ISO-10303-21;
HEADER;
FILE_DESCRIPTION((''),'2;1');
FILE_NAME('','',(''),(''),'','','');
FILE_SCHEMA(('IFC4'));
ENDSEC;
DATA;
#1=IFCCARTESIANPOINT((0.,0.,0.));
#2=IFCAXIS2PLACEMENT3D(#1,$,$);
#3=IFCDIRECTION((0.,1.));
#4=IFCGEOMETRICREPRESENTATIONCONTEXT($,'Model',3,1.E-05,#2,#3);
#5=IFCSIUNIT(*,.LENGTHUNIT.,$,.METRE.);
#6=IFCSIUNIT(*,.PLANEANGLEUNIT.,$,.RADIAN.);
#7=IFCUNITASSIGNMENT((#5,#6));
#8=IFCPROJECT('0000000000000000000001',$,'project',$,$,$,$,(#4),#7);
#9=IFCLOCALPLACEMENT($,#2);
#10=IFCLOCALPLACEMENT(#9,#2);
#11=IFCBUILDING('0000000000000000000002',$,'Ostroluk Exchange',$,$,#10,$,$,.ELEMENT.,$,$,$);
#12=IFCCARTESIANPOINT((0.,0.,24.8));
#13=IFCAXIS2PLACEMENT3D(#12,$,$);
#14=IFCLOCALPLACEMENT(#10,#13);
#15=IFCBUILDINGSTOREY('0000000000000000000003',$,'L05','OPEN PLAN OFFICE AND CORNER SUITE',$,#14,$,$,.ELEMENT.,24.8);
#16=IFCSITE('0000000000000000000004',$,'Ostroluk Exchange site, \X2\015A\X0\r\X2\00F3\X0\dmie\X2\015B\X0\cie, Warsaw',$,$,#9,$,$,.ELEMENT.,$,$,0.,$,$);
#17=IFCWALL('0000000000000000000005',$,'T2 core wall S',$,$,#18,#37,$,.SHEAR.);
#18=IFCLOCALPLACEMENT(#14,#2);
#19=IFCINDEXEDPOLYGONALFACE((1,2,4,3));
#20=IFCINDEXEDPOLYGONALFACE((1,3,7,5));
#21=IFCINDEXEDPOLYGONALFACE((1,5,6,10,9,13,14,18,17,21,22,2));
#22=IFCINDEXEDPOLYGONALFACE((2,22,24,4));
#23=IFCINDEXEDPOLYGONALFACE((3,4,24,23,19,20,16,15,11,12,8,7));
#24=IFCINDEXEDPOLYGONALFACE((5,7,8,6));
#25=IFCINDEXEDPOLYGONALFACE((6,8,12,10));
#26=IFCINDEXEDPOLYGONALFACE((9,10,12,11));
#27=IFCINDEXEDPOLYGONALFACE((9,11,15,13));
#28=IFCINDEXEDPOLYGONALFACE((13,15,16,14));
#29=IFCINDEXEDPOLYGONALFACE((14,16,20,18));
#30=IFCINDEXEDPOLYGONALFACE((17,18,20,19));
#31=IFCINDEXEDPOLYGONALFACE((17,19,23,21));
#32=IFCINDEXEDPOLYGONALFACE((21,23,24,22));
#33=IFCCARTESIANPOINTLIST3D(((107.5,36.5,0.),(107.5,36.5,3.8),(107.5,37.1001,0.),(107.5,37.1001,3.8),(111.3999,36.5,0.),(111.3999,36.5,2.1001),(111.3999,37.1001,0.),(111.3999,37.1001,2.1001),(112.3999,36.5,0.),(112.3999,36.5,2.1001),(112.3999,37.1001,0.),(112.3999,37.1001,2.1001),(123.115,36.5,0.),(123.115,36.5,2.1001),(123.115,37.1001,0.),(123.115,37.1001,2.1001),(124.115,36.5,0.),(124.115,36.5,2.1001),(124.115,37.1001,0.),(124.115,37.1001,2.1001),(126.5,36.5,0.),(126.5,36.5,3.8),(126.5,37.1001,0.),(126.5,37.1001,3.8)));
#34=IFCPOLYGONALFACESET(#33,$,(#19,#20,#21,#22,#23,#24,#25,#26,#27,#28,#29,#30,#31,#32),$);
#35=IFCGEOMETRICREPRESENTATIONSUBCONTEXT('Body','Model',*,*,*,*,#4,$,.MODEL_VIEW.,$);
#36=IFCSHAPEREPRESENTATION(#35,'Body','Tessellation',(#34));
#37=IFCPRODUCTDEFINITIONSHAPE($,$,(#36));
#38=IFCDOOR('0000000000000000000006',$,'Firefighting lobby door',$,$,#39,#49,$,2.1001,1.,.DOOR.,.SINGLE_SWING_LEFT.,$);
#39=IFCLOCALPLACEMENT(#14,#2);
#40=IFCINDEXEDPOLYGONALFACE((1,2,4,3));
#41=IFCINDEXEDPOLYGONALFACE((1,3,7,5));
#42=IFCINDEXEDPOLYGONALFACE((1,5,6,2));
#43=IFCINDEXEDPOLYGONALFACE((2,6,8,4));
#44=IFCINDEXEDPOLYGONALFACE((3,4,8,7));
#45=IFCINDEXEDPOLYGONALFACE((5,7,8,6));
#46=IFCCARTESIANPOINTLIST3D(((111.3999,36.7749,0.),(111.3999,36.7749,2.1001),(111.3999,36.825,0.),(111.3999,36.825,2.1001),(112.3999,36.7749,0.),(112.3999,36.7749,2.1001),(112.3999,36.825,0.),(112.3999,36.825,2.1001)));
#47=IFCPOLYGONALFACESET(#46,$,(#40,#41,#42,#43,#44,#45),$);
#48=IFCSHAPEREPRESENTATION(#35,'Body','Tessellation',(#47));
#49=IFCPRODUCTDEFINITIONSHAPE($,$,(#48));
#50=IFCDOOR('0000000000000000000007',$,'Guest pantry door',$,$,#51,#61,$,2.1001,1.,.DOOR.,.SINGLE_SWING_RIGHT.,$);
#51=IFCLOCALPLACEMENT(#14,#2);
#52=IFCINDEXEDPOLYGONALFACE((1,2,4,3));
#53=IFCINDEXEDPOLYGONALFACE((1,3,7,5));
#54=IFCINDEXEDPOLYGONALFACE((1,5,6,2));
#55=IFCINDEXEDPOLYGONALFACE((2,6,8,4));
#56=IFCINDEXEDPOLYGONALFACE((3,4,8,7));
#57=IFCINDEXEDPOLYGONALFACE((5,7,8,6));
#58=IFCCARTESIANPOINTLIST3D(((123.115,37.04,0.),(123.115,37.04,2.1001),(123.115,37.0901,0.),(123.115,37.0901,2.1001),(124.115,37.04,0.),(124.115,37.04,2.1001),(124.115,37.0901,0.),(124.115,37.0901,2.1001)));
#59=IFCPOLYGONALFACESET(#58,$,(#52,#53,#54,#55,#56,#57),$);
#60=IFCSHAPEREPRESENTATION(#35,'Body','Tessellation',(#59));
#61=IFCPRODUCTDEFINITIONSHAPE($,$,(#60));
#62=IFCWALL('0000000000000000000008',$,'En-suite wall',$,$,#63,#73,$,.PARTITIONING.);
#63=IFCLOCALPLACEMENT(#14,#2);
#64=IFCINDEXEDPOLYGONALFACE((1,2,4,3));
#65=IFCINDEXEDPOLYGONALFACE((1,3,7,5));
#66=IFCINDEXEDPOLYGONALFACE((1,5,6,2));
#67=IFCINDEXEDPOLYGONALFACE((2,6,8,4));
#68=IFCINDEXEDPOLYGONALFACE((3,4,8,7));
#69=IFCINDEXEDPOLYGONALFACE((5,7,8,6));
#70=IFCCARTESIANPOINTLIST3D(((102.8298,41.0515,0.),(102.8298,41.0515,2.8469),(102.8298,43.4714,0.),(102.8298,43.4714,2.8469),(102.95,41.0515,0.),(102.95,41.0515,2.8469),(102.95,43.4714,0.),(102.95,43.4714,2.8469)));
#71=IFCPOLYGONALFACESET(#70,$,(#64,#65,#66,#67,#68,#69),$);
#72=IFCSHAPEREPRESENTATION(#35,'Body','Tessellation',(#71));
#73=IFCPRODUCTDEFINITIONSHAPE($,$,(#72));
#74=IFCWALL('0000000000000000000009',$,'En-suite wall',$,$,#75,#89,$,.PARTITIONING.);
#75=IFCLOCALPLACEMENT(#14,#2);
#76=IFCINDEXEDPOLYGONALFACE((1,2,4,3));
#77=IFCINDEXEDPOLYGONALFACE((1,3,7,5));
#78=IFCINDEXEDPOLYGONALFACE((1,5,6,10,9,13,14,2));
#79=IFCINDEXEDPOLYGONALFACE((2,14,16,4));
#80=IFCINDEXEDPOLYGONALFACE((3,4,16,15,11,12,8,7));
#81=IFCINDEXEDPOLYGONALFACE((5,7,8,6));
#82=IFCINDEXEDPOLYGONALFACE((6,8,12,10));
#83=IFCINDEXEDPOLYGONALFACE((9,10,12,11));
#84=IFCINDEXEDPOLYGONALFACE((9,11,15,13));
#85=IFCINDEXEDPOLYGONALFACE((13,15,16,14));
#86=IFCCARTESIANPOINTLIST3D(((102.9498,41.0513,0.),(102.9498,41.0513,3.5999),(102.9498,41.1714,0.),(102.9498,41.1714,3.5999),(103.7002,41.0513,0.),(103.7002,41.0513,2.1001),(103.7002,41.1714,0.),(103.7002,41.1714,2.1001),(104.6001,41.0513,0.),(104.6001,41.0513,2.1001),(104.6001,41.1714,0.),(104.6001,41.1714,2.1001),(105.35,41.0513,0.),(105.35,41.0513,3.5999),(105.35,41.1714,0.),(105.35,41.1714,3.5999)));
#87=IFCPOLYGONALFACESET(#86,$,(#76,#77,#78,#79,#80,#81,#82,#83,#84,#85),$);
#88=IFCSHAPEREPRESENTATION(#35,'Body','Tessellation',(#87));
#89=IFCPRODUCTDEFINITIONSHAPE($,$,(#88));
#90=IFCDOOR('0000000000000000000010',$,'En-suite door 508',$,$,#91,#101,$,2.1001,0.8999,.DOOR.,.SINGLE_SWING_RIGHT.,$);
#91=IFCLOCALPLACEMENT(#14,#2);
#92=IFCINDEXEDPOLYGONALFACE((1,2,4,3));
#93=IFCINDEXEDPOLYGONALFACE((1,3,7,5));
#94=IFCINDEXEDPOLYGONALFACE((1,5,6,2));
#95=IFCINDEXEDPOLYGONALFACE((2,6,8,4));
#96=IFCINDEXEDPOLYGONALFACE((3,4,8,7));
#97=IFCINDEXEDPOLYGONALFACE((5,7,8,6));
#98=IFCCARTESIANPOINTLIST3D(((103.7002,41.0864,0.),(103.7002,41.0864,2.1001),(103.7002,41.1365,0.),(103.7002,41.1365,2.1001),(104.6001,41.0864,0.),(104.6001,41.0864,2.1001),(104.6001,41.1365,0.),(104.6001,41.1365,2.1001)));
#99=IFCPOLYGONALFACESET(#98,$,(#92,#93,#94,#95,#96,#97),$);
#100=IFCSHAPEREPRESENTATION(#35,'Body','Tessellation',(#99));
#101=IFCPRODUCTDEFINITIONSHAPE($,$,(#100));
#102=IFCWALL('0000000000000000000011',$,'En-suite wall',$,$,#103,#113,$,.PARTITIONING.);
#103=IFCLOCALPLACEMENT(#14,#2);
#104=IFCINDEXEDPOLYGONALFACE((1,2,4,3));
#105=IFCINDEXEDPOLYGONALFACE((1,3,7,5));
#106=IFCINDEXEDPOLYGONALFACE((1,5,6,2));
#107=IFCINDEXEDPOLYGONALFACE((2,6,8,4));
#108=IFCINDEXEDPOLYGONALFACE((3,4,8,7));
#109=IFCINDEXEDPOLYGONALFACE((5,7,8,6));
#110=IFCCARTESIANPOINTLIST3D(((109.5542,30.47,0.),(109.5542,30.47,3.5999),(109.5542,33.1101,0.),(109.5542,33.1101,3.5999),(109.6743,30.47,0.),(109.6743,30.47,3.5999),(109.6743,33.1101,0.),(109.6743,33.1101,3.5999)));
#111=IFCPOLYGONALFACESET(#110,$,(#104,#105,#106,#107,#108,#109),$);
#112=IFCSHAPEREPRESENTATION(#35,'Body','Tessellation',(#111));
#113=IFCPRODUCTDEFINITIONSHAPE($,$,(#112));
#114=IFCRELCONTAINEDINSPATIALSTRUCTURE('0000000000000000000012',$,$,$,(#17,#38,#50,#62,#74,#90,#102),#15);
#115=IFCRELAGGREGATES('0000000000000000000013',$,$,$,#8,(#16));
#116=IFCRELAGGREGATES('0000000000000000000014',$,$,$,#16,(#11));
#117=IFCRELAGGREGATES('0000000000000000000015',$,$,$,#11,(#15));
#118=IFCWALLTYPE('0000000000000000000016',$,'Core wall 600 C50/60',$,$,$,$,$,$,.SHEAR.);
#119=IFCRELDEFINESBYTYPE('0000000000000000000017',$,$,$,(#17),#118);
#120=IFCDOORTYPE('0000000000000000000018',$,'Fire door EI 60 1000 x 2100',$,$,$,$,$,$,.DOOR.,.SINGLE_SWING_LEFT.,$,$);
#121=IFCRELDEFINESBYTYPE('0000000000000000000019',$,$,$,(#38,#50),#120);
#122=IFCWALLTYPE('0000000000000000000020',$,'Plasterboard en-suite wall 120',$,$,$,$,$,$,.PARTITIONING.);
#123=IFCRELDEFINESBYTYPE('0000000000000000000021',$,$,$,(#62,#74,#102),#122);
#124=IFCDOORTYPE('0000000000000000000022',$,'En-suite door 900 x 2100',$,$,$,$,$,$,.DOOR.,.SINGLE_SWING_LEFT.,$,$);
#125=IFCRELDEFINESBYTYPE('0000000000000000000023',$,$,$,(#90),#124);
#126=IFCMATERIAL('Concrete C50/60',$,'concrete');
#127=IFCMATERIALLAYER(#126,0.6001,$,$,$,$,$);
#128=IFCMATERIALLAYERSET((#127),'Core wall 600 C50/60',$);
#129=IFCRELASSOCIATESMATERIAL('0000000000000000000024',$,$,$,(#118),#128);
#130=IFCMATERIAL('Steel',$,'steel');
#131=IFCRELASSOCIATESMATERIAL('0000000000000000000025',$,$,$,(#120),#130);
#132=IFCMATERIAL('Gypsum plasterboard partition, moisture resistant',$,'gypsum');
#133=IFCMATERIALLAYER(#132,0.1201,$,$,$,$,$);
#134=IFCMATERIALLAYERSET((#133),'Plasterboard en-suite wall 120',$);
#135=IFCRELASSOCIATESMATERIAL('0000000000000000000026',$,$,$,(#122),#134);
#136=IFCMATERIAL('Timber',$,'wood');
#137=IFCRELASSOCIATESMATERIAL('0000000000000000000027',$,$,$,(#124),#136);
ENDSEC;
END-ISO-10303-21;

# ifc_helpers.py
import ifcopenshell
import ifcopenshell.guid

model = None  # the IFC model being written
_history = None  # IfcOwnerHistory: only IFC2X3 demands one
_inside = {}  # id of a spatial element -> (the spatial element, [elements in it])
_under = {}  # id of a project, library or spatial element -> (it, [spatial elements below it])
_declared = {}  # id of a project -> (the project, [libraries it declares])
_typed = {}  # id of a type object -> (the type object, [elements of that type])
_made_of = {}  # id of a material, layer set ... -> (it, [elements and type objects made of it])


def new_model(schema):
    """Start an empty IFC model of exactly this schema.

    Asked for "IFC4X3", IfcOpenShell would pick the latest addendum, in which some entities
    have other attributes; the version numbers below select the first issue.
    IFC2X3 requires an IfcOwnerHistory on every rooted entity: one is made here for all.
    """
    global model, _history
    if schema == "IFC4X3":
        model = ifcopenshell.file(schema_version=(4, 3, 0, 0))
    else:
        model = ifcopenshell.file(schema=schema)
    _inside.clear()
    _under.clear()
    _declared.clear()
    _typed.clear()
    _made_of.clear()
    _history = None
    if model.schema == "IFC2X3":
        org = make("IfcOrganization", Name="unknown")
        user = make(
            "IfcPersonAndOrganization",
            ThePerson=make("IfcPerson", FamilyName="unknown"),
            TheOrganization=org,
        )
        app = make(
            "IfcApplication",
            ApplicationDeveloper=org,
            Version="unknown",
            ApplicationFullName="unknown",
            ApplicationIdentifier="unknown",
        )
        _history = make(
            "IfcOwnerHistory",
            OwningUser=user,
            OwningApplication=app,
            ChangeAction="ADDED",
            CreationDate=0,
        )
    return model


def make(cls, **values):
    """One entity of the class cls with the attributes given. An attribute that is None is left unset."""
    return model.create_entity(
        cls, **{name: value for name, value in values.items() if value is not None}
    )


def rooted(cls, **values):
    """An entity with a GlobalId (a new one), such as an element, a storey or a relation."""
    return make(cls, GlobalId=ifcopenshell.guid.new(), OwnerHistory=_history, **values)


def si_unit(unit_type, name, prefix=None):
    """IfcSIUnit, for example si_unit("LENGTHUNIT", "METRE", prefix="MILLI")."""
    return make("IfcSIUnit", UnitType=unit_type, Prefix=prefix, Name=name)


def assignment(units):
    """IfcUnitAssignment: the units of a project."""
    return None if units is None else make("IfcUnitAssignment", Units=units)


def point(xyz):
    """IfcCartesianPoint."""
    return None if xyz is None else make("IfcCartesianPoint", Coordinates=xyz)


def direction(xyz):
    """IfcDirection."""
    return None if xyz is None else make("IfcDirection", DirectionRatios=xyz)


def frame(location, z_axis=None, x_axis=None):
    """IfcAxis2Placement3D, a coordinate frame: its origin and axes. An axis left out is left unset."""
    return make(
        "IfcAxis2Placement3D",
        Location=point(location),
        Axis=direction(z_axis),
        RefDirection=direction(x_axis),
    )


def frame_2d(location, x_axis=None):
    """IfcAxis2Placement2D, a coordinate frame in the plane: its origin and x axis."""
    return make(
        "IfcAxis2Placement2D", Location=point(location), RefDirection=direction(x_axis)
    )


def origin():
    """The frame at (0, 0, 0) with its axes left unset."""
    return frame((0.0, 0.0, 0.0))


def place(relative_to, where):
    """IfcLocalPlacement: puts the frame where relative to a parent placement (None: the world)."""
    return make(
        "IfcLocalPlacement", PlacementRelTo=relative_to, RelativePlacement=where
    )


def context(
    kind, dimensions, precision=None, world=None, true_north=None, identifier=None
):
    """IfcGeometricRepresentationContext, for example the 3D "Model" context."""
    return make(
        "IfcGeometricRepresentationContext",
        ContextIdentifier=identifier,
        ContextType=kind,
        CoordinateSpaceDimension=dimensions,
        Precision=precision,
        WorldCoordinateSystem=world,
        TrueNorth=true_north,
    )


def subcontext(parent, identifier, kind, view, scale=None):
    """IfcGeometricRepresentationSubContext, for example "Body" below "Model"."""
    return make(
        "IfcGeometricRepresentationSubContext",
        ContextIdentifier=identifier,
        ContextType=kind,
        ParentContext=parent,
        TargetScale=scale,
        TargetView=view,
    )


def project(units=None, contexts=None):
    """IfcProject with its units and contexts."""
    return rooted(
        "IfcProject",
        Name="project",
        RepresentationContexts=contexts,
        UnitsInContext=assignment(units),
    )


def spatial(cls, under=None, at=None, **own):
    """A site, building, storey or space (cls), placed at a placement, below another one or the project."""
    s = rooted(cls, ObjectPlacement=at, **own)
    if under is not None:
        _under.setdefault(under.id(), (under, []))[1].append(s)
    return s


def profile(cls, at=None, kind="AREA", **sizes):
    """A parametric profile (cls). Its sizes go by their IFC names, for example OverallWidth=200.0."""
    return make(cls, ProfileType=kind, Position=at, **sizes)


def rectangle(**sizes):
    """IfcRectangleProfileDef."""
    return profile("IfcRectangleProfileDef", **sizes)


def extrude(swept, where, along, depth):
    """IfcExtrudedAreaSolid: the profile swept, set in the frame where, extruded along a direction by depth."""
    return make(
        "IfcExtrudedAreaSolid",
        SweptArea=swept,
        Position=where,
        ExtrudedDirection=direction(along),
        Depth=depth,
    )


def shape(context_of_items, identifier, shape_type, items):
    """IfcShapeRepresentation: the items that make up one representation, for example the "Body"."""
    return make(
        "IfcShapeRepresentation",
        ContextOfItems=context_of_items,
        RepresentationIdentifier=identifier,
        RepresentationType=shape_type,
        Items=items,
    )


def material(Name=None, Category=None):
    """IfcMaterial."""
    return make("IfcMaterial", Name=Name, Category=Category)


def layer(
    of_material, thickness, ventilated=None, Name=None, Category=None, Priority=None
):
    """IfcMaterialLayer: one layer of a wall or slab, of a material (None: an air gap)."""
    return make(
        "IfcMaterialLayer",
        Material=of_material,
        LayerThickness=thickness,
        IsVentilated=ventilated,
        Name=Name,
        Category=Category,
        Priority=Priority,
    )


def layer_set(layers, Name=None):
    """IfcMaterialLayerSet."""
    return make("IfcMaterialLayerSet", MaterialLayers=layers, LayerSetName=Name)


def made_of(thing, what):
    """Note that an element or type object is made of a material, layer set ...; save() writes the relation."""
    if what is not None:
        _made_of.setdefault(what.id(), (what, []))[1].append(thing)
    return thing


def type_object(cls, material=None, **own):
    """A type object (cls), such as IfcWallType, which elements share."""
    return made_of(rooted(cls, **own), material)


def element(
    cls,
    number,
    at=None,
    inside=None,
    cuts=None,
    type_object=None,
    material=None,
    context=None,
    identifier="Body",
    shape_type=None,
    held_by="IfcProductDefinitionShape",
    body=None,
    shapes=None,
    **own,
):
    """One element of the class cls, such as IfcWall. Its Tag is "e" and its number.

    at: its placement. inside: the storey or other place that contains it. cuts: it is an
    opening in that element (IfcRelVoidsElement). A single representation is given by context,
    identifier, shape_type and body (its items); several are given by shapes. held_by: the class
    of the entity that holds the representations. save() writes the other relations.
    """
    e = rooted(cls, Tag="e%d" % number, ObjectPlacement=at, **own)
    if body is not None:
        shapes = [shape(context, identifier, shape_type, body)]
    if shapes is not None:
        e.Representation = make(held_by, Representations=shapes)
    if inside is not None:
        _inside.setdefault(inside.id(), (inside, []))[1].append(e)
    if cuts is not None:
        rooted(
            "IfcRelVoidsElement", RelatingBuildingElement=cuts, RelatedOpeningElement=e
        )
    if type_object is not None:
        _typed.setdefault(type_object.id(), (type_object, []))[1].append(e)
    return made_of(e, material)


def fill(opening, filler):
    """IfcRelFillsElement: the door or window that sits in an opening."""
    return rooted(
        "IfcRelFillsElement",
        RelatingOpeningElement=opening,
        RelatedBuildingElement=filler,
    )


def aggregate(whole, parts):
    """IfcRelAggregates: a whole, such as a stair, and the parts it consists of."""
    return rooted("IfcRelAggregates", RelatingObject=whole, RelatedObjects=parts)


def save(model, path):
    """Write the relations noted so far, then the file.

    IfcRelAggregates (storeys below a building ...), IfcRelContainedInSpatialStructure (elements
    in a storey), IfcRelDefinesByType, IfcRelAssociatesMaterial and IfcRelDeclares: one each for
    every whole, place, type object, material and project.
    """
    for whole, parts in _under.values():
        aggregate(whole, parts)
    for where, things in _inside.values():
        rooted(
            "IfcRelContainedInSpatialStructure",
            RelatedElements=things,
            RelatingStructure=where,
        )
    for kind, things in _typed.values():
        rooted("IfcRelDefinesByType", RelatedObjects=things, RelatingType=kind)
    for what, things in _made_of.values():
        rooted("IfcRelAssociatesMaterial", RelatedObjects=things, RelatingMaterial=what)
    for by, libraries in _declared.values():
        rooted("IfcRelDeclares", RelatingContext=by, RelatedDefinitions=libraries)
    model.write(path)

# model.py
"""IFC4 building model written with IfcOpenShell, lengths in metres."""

from ifc_helpers import new_model, si_unit, direction, frame, frame_2d, origin, place, context, subcontext, project, spatial, rectangle, extrude, material, layer, layer_set, type_object, element, fill, save


model = new_model("IFC4")

# Units and contexts
model_context = context("Model", 3, precision=1e-05, world=origin(), true_north=direction((0.0, 1.0)))
body_context = subcontext(model_context, "Body", "Model", "MODEL_VIEW")
ifc_project = project(units=[si_unit("LENGTHUNIT", "METRE"), si_unit("PLANEANGLEUNIT", "RADIAN")], contexts=[model_context])

# Site, building, storey
site_placement = place(None, origin())
site = spatial("IfcSite", under=ifc_project, at=site_placement, Name="Ostroluk Exchange site, Śródmieście, Warsaw", CompositionType="ELEMENT", RefElevation=0.0)
building_placement = place(site_placement, origin())
building = spatial("IfcBuilding", under=site, at=building_placement, Name="Ostroluk Exchange", CompositionType="ELEMENT")
storey_placement = place(building_placement, frame((0.0, 0.0, 24.8)))
storey = spatial("IfcBuildingStorey", under=building, at=storey_placement, Name="L05", Description="OPEN PLAN OFFICE AND CORNER SUITE", CompositionType="ELEMENT", Elevation=24.8)

# Wall, openings, doors
ifc_material_1 = material(Name="Concrete C50/60", Category="concrete")
ifc_layer_1 = layer(ifc_material_1, 0.6001)
ifc_layer_set_1 = layer_set([ifc_layer_1], Name="Core wall 600 C50/60")
wall_type_1 = type_object("IfcWallType", Name="Core wall 600 C50/60", PredefinedType="SHEAR", material=ifc_layer_set_1)
wall_1_placement = place(storey_placement, frame((107.5, 36.8, 0.0), z_axis=(0.0, 0.0, 1.0), x_axis=(1.0, 0.0, 0.0)))
wall_1 = element("IfcWall", 1, at=wall_1_placement, inside=storey, type_object=wall_type_1, Name="T2 core wall S", PredefinedType="SHEAR", context=body_context, shape_type="SweptSolid", body=[
    extrude(rectangle(XDim=19.0, YDim=0.6001, at=frame_2d((9.5, 0.0))), origin(), (0.0, 0.0, 1.0), 3.8),
])
opening_1_placement = place(wall_1_placement, frame((3.8999, 0.0, 0.0)))
opening_1 = element("IfcOpeningElement", 2, at=opening_1_placement, cuts=wall_1, PredefinedType="OPENING", context=body_context, shape_type="SweptSolid", body=[
    extrude(rectangle(XDim=1.0, YDim=2.1001, at=frame_2d((0.5, 1.05))), frame((0.0, 0.3101, 0.0), z_axis=(0.0, -1.0, 0.0), x_axis=(1.0, 0.0, 0.0)), (0.0, 0.0, 1.0), 0.6201),
])
opening_2_placement = place(wall_1_placement, frame((15.615, 0.0, 0.0)))
opening_2 = element("IfcOpeningElement", 3, at=opening_2_placement, cuts=wall_1, PredefinedType="OPENING", context=body_context, shape_type="SweptSolid", body=[
    extrude(rectangle(XDim=1.0, YDim=2.1001, at=frame_2d((0.5, 1.05))), frame((0.0, 0.3101, 0.0), z_axis=(0.0, -1.0, 0.0), x_axis=(1.0, 0.0, 0.0)), (0.0, 0.0, 1.0), 0.6201),
])
ifc_material_2 = material(Name="Steel", Category="steel")
door_type_1 = type_object("IfcDoorType", Name="Fire door EI 60 1000 x 2100", OperationType="SINGLE_SWING_LEFT", PredefinedType="DOOR", material=ifc_material_2)
door_1_placement = place(opening_1_placement, origin())
door_1 = element("IfcDoor", 4, at=door_1_placement, inside=storey, type_object=door_type_1, Name="Firefighting lobby door", OperationType="SINGLE_SWING_LEFT", OverallHeight=2.1001, OverallWidth=1.0, PredefinedType="DOOR", context=body_context, shape_type="SweptSolid", body=[
    extrude(rectangle(XDim=1.0, YDim=2.1001, at=frame_2d((0.5, 1.05))), frame((0.0, 0.0249, 0.0), z_axis=(0.0, -1.0, 0.0), x_axis=(1.0, 0.0, 0.0)), (0.0, 0.0, 1.0), 0.05),
])
fill(opening_1, door_1)
door_2_placement = place(opening_2_placement, origin())
door_2 = element("IfcDoor", 5, at=door_2_placement, inside=storey, type_object=door_type_1, Name="Guest pantry door", OperationType="SINGLE_SWING_RIGHT", OverallHeight=2.1001, OverallWidth=1.0, PredefinedType="DOOR", context=body_context, shape_type="SweptSolid", body=[
    extrude(rectangle(XDim=1.0, YDim=2.1001, at=frame_2d((0.5, 1.05))), frame((0.0, 0.29, 0.0), z_axis=(0.0, -1.0, 0.0), x_axis=(1.0, 0.0, 0.0)), (0.0, 0.0, 1.0), 0.05),
])
fill(opening_2, door_2)

# Wall
ifc_material_3 = material(Name="Gypsum plasterboard partition, moisture resistant", Category="gypsum")
ifc_layer_2 = layer(ifc_material_3, 0.1201)
ifc_layer_set_2 = layer_set([ifc_layer_2], Name="Plasterboard en-suite wall 120")
wall_type_2 = type_object("IfcWallType", Name="Plasterboard en-suite wall 120", PredefinedType="PARTITIONING", material=ifc_layer_set_2)
wall_2_placement = place(storey_placement, frame((102.8899, 43.4714, 0.0), z_axis=(0.0, 0.0, 1.0), x_axis=(0.0, -1.0, 0.0)))
element("IfcWall", 6, at=wall_2_placement, inside=storey, type_object=wall_type_2, Name="En-suite wall", PredefinedType="PARTITIONING", context=body_context, shape_type="SweptSolid", body=[
    extrude(rectangle(XDim=2.4199, YDim=0.1201, at=frame_2d((1.21, 0.0))), origin(), (0.0, 0.0, 1.0), 2.8469),
])

# Wall, opening, door
wall_3_placement = place(storey_placement, frame((105.3501, 41.1113, 0.0), z_axis=(0.0, 0.0, 1.0), x_axis=(-1.0, 0.0, 0.0)))
wall_3 = element("IfcWall", 7, at=wall_3_placement, inside=storey, type_object=wall_type_2, Name="En-suite wall", PredefinedType="PARTITIONING", context=body_context, shape_type="SweptSolid", body=[
    extrude(rectangle(XDim=2.4001, YDim=0.1201, at=frame_2d((1.2002, 0.0))), origin(), (0.0, 0.0, 1.0), 3.5999),
])
opening_3_placement = place(wall_3_placement, frame((0.75, 0.0, 0.0)))
opening_3 = element("IfcOpeningElement", 8, at=opening_3_placement, cuts=wall_3, PredefinedType="OPENING", context=body_context, shape_type="SweptSolid", body=[
    extrude(rectangle(XDim=0.8999, YDim=2.1001, at=frame_2d((0.45, 1.05))), frame((0.0, 0.0701, 0.0), z_axis=(0.0, -1.0, 0.0), x_axis=(1.0, 0.0, 0.0)), (0.0, 0.0, 1.0), 0.1401),
])
ifc_material_4 = material(Name="Timber", Category="wood")
door_type_2 = type_object("IfcDoorType", Name="En-suite door 900 x 2100", OperationType="SINGLE_SWING_LEFT", PredefinedType="DOOR", material=ifc_material_4)
door_3_placement = place(opening_3_placement, origin())
door_3 = element("IfcDoor", 9, at=door_3_placement, inside=storey, type_object=door_type_2, Name="En-suite door 508", OperationType="SINGLE_SWING_RIGHT", OverallHeight=2.1001, OverallWidth=0.8999, PredefinedType="DOOR", context=body_context, shape_type="SweptSolid", body=[
    extrude(rectangle(XDim=0.8999, YDim=2.1001, at=frame_2d((0.45, 1.05))), frame((0.0, 0.0249, 0.0), z_axis=(0.0, -1.0, 0.0), x_axis=(1.0, 0.0, 0.0)), (0.0, 0.0, 1.0), 0.05),
])
fill(opening_3, door_3)

# Wall
wall_4_placement = place(storey_placement, frame((109.6143, 33.1101, 0.0), z_axis=(0.0, 0.0, 1.0), x_axis=(0.0, -1.0, 0.0)))
element("IfcWall", 10, at=wall_4_placement, inside=storey, type_object=wall_type_2, Name="En-suite wall", PredefinedType="PARTITIONING", context=body_context, shape_type="SweptSolid", body=[
    extrude(rectangle(XDim=2.6401, YDim=0.1201, at=frame_2d((1.3201, 0.0))), origin(), (0.0, 0.0, 1.0), 3.5999),
])

save(model, "model.ifc")
